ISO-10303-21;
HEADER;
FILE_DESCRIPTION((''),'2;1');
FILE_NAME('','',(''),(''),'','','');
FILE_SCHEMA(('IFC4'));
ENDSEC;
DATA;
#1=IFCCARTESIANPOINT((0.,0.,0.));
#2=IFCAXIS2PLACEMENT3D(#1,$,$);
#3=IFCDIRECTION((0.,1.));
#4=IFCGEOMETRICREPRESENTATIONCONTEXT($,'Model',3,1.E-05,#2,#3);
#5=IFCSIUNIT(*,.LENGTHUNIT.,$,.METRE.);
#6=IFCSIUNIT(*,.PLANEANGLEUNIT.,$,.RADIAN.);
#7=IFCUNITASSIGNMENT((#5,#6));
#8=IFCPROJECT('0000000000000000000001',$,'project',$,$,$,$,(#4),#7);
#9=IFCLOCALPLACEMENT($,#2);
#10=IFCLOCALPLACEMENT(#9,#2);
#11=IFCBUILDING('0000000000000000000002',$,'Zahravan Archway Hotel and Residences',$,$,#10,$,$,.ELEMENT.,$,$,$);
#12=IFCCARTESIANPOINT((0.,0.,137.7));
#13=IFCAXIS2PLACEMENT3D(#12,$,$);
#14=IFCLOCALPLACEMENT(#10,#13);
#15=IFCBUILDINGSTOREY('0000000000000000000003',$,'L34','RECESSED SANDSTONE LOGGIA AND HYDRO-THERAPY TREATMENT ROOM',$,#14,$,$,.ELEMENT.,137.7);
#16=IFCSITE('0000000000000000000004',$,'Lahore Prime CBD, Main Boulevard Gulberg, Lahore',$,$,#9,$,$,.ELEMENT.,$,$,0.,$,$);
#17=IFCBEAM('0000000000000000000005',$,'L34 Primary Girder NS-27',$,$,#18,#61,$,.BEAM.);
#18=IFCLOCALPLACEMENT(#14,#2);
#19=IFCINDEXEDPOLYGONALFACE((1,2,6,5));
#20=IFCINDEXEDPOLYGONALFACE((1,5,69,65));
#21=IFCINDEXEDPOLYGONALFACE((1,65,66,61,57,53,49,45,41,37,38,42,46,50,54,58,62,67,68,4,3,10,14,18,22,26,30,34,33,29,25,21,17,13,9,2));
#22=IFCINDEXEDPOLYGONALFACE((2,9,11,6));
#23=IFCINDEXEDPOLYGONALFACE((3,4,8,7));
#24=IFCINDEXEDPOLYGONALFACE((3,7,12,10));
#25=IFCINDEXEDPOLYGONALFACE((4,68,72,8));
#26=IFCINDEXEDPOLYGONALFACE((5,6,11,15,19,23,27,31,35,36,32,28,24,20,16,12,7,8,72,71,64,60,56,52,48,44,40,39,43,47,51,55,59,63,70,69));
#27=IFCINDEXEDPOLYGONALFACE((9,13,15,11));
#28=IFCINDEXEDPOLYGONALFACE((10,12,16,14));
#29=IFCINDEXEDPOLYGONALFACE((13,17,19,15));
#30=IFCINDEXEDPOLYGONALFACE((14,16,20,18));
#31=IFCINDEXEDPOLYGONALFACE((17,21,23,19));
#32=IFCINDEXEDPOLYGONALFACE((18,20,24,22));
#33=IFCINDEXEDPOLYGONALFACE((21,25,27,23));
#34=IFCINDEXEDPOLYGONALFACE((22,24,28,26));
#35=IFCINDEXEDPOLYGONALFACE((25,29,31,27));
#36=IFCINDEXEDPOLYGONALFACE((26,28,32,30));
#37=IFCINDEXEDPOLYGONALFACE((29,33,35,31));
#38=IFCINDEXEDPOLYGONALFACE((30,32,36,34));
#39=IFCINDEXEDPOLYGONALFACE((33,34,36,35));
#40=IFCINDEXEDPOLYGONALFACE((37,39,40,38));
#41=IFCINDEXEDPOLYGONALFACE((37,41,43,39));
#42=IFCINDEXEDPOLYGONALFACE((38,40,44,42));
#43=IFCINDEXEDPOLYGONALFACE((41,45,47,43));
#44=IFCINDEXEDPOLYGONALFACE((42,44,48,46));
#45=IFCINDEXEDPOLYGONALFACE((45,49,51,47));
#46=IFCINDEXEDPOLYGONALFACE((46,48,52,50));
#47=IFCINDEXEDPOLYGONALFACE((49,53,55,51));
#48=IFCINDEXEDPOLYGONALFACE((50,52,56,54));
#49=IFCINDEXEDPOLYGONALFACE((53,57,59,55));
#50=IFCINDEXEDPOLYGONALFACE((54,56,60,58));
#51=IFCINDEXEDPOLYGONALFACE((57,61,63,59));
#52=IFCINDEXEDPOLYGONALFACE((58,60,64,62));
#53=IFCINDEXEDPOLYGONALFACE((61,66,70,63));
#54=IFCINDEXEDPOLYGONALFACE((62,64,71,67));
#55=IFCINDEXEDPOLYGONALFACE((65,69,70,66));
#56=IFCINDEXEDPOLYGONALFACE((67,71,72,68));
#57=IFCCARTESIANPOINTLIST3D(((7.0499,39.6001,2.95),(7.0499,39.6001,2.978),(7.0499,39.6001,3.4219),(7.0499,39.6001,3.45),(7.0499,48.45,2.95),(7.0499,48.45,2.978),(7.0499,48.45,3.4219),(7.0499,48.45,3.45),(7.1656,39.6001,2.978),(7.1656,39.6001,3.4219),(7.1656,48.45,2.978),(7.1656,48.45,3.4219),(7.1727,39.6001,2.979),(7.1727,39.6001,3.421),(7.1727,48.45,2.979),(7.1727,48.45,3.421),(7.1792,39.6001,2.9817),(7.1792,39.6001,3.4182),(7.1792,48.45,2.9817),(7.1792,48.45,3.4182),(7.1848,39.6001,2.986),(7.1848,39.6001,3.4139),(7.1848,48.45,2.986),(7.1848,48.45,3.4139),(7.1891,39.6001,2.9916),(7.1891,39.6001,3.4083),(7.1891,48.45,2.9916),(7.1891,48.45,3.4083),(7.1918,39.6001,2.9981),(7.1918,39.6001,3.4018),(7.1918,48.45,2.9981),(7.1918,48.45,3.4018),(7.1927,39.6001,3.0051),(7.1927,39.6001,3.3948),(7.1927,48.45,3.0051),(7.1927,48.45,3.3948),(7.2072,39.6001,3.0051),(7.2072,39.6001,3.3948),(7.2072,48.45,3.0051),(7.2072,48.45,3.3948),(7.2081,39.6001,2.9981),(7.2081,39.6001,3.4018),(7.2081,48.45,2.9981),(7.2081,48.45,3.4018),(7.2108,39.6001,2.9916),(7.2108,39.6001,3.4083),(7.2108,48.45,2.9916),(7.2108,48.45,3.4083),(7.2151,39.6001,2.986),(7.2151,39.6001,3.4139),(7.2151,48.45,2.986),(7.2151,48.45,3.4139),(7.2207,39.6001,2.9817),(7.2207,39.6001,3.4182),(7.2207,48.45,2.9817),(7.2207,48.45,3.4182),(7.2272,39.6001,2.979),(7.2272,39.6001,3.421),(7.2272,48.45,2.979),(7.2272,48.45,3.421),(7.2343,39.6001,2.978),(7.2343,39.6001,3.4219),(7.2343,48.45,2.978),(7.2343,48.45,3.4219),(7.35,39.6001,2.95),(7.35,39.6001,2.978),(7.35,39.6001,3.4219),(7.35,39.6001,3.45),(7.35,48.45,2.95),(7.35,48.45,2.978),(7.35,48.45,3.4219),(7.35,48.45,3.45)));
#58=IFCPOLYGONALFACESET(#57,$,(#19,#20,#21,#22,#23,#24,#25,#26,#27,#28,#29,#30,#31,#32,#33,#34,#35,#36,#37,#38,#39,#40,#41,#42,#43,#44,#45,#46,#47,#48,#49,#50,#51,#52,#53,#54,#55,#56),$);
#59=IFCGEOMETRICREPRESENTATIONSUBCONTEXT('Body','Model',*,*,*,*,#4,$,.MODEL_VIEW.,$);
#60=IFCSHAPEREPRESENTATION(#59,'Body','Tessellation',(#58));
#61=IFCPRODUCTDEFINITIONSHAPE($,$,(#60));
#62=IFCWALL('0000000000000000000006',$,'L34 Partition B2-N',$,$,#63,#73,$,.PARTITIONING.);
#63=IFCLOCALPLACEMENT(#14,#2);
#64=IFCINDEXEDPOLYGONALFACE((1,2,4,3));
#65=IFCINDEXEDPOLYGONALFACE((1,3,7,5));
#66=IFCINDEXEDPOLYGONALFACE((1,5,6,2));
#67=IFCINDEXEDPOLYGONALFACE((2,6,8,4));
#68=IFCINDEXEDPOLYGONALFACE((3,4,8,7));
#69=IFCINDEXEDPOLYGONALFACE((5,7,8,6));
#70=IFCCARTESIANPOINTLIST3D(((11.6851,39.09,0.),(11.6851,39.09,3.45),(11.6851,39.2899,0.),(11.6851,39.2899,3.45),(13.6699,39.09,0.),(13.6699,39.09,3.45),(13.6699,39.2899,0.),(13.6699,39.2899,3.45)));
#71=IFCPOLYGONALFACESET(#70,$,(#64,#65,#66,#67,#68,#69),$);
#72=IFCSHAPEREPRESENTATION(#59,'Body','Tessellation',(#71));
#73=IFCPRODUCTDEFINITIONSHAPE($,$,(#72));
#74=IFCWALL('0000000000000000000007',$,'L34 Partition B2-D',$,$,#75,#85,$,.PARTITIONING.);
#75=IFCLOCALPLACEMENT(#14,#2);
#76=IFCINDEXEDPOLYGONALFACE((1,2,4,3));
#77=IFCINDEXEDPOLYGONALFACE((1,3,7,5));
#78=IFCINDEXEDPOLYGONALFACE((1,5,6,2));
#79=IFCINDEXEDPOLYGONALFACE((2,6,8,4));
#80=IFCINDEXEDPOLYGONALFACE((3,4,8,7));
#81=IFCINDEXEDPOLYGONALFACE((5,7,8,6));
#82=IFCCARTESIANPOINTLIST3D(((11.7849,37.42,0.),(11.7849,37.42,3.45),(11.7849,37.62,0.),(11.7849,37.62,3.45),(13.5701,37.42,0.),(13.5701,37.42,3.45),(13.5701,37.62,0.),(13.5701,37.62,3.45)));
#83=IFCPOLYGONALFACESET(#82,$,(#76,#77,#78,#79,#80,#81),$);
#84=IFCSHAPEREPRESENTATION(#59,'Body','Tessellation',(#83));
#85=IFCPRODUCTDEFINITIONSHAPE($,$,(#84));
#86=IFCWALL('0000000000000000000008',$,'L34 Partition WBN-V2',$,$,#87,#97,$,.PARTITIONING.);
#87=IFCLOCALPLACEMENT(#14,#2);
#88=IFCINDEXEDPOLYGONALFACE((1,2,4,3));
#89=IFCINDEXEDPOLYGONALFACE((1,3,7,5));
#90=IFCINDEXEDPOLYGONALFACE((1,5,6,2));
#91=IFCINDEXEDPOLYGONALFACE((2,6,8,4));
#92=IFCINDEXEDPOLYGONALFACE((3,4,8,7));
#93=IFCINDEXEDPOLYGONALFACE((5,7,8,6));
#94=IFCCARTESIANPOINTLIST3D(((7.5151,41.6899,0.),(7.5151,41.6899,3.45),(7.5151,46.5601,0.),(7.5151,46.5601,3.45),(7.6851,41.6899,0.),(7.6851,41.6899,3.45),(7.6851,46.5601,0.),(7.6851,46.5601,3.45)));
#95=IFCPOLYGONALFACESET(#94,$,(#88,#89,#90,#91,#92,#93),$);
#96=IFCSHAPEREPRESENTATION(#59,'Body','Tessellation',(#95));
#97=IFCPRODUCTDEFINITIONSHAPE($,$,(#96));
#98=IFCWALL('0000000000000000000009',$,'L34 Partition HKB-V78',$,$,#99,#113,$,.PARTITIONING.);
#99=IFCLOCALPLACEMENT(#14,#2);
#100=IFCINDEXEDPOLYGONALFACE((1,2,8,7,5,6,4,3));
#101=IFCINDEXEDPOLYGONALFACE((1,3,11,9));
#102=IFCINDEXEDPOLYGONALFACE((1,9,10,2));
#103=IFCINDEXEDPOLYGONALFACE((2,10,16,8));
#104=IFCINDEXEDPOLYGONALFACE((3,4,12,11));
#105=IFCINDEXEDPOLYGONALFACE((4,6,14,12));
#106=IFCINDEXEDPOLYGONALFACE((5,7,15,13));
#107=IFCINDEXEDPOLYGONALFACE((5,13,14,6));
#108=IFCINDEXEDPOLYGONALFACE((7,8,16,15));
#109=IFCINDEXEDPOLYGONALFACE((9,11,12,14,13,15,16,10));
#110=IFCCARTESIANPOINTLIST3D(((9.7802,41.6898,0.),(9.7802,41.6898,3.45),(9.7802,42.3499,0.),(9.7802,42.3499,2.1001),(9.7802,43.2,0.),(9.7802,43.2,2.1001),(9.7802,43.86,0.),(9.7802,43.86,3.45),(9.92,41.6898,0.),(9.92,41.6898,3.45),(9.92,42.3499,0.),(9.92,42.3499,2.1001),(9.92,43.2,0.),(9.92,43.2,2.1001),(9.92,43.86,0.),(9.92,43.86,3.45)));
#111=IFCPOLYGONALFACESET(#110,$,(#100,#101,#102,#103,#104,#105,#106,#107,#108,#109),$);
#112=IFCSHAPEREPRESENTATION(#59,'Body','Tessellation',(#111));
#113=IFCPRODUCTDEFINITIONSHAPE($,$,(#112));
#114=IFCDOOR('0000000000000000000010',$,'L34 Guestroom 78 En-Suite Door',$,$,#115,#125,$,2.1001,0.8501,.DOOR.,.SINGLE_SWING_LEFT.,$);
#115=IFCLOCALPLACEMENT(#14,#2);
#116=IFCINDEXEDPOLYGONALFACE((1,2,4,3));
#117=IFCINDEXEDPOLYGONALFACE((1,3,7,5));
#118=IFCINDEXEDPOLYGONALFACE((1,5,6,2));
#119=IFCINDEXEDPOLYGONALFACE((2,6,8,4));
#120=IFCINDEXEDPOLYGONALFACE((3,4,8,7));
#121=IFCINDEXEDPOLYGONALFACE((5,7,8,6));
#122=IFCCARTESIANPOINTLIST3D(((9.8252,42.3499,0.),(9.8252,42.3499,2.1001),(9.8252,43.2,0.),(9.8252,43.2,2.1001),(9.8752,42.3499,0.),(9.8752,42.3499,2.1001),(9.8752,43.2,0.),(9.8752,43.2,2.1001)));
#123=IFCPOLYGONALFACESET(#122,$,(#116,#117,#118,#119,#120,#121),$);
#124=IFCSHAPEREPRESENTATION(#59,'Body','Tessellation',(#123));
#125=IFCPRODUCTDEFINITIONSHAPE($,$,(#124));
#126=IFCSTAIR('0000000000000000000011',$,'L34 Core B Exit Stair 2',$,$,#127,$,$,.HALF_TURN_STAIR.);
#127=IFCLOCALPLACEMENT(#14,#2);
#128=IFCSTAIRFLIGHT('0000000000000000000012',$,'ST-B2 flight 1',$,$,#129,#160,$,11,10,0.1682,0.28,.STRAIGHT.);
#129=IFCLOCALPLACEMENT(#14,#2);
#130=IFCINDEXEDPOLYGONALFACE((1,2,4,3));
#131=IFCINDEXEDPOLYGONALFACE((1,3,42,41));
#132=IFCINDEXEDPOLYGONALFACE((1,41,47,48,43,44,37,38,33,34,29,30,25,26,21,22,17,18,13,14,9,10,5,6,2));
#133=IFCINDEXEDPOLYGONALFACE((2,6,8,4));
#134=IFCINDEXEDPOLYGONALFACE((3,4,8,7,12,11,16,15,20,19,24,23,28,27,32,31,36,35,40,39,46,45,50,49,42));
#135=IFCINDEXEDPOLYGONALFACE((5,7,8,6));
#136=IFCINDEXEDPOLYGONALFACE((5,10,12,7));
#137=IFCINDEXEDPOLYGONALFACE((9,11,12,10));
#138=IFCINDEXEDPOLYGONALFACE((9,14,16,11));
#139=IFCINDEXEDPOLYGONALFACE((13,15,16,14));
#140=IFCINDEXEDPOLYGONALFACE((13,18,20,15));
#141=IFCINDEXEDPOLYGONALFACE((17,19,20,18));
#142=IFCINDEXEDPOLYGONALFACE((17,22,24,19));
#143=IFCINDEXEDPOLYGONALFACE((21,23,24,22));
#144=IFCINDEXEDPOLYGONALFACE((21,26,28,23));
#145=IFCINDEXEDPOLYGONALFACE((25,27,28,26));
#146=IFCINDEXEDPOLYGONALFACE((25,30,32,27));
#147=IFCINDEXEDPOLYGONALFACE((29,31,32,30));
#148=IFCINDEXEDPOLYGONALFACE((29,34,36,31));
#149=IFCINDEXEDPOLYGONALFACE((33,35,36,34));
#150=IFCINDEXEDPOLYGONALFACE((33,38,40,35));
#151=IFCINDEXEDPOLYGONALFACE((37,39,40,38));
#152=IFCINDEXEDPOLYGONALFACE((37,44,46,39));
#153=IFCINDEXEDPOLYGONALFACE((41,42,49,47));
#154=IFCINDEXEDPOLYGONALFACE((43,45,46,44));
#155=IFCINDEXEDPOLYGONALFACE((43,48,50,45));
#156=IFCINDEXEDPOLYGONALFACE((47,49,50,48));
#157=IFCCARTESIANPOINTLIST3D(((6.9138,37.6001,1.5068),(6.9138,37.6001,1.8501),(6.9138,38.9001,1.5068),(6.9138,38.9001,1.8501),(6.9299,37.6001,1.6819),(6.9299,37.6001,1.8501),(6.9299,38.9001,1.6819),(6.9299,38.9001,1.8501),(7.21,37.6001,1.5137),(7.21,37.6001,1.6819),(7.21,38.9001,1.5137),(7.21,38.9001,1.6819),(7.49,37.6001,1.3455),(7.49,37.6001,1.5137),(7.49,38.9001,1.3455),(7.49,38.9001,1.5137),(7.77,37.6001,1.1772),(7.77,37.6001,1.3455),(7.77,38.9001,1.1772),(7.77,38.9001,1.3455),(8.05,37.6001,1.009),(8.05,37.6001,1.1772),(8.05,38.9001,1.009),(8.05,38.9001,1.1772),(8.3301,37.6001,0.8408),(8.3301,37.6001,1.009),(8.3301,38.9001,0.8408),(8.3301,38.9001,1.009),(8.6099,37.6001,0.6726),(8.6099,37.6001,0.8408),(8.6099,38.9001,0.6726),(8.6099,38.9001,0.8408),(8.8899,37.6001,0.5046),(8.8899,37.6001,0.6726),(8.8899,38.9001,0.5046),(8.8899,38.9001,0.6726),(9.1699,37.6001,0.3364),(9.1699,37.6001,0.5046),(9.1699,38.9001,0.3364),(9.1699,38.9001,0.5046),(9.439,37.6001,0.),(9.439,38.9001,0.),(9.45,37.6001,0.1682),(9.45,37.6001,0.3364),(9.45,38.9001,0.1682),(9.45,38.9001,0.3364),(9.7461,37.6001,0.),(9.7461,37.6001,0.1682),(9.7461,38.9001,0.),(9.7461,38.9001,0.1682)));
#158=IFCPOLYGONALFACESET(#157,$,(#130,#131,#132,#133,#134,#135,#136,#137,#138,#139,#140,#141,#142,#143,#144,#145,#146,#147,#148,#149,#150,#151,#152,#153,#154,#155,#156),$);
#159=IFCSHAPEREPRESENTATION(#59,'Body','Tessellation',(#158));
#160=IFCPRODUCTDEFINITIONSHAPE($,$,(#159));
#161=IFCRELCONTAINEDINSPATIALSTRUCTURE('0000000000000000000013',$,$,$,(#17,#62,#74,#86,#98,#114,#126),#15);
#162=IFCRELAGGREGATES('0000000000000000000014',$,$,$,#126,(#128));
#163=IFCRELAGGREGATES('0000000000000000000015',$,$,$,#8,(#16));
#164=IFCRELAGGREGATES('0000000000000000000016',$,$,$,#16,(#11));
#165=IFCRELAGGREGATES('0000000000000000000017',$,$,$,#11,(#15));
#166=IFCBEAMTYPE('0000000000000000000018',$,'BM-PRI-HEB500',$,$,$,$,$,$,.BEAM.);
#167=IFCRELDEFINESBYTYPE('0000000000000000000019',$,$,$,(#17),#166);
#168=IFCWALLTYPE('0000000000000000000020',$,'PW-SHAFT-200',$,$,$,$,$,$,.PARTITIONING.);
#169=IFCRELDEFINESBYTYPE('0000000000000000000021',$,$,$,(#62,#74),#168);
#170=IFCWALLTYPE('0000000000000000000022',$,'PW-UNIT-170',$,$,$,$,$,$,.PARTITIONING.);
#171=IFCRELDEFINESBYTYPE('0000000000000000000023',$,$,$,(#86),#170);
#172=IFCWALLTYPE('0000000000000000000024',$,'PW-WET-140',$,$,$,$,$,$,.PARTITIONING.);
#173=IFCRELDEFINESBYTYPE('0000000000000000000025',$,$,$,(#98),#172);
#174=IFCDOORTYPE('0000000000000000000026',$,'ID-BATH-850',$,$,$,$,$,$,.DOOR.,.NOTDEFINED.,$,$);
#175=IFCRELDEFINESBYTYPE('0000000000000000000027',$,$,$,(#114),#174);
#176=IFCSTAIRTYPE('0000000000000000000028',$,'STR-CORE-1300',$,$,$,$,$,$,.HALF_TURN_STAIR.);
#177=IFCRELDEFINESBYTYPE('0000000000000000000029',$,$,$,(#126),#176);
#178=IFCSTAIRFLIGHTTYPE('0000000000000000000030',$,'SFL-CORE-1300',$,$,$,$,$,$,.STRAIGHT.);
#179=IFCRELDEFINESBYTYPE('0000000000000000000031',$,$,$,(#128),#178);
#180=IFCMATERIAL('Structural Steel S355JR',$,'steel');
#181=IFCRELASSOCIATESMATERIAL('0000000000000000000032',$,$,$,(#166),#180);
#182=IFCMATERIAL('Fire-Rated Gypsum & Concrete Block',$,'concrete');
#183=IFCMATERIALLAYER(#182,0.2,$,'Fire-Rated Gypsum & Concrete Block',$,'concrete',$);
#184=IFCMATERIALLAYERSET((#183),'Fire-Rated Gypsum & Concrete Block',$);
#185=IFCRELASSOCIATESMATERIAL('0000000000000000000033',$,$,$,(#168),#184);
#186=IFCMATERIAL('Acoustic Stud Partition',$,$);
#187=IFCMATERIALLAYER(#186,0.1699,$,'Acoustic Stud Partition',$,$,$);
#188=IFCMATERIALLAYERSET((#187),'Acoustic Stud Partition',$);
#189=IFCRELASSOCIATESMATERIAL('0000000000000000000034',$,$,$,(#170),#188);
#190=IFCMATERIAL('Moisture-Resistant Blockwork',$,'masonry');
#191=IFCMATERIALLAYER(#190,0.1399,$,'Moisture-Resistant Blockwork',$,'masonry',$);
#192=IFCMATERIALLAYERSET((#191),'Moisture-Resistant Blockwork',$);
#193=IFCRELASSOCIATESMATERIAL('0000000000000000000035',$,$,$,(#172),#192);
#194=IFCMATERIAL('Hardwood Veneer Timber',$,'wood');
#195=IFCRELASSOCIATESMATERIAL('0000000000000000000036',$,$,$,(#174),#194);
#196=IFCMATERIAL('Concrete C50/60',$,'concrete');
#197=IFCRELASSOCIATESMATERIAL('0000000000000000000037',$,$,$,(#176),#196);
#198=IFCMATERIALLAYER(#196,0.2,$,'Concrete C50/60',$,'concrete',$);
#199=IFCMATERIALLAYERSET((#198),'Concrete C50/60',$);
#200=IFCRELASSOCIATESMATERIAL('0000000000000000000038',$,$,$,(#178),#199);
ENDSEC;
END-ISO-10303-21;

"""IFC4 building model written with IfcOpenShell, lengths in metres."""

from ifc_helpers import new_model, si_unit, direction, frame, frame_2d, origin, origin_2d, place, context, subcontext, project, spatial, polyline, rectangle, i_section, outline, extrude, source, transform, mapped, material, layer, layer_set, material_profile, profile_set, type_object, type_shapes, element, fill, aggregate, save


model = new_model("IFC4")

# Units and contexts
model_context = context("Model", 3, precision=1e-05, world=origin(), true_north=direction((0.0, 1.0)))
body_context = subcontext(model_context, "Body", "Model", "MODEL_VIEW")
ifc_project = project(units=[si_unit("LENGTHUNIT", "METRE"), si_unit("PLANEANGLEUNIT", "RADIAN")], contexts=[model_context])

# Site, building, storey
site_placement = place(None, origin())
site = spatial("IfcSite", under=ifc_project, at=site_placement, Name="Lahore Prime CBD, Main Boulevard Gulberg, Lahore", CompositionType="ELEMENT", RefElevation=0.0)
building_placement = place(site_placement, origin())
building = spatial("IfcBuilding", under=site, at=building_placement, Name="Zahravan Archway Hotel and Residences", CompositionType="ELEMENT")
storey_placement = place(building_placement, frame((0.0, 0.0, 137.7)))
storey = spatial("IfcBuildingStorey", under=building, at=storey_placement, Name="L34", Description="RECESSED SANDSTONE LOGGIA AND HYDRO-THERAPY TREATMENT ROOM", CompositionType="ELEMENT", Elevation=137.7)

# Beam
ifc_material_1 = material(Name="Structural Steel S355JR", Category="steel")
ifc_material_profile_1 = material_profile(ifc_material_1, i_section(OverallWidth=0.3, OverallDepth=0.5, WebThickness=0.0144, FlangeThickness=0.0281, FilletRadius=0.0271, at=origin_2d()), Name="HEB 500", Category="steel")
ifc_profile_set_1 = profile_set([ifc_material_profile_1], Name="Structural Steel S355JR")
beam_type_1 = type_object("IfcBeamType", Name="BM-PRI-HEB500", PredefinedType="BEAM", material=ifc_profile_set_1)
shared_shape_1 = source(origin(), body_context, "Body", "SweptSolid", [
    extrude(i_section(OverallWidth=0.3, OverallDepth=0.5, WebThickness=0.0144, FlangeThickness=0.0281, FilletRadius=0.0271, at=origin_2d()), origin(), (0.0, 0.0, 1.0), 8.8499),
])
beam_1_placement = place(storey_placement, frame((7.2, 39.6001, 3.2), z_axis=(0.0, 1.0, 0.0), x_axis=(-1.0, 0.0, 0.0)))
element("IfcBeam", 1, at=beam_1_placement, inside=storey, type_object=beam_type_1, Name="L34 Primary Girder NS-27", PredefinedType="BEAM", context=body_context, shape_type="MappedRepresentation", body=[
    mapped(shared_shape_1, transform((0.0, 0.0, 0.0), scale=1.0)),
])

# Walls
ifc_material_2 = material(Name="Fire-Rated Gypsum & Concrete Block", Category="concrete")
ifc_layer_1 = layer(ifc_material_2, 0.2, Name="Fire-Rated Gypsum & Concrete Block", Category="concrete")
ifc_layer_set_1 = layer_set([ifc_layer_1], Name="Fire-Rated Gypsum & Concrete Block")
wall_type_1 = type_object("IfcWallType", Name="PW-SHAFT-200", PredefinedType="PARTITIONING", material=ifc_layer_set_1)
wall_1_placement = place(storey_placement, frame((11.6851, 39.1899, 0.0), z_axis=(0.0, 0.0, 1.0), x_axis=(1.0, 0.0, 0.0)))
element("IfcWall", 2, at=wall_1_placement, inside=storey, type_object=wall_type_1, Name="L34 Partition B2-N", PredefinedType="PARTITIONING", context=body_context, shape_type="SweptSolid", body=[
    extrude(rectangle(XDim=1.9849, YDim=0.2, at=frame_2d((0.9924, 0.0))), origin(), (0.0, 0.0, 1.0), 3.45),
])
wall_2_placement = place(storey_placement, frame((11.7849, 37.52, 0.0), z_axis=(0.0, 0.0, 1.0), x_axis=(1.0, 0.0, 0.0)))
element("IfcWall", 3, at=wall_2_placement, inside=storey, type_object=wall_type_1, Name="L34 Partition B2-D", PredefinedType="PARTITIONING", context=body_context, shape_type="SweptSolid", body=[
    extrude(rectangle(XDim=1.7852, YDim=0.2, at=frame_2d((0.8926, 0.0))), origin(), (0.0, 0.0, 1.0), 3.45),
])
ifc_material_3 = material(Name="Acoustic Stud Partition")
ifc_layer_2 = layer(ifc_material_3, 0.1699, Name="Acoustic Stud Partition")
ifc_layer_set_2 = layer_set([ifc_layer_2], Name="Acoustic Stud Partition")
wall_type_2 = type_object("IfcWallType", Name="PW-UNIT-170", PredefinedType="PARTITIONING", material=ifc_layer_set_2)
wall_3_placement = place(storey_placement, frame((7.6001, 41.6899, 0.0), z_axis=(0.0, 0.0, 1.0), x_axis=(0.0, 1.0, 0.0)))
element("IfcWall", 4, at=wall_3_placement, inside=storey, type_object=wall_type_2, Name="L34 Partition WBN-V2", PredefinedType="PARTITIONING", context=body_context, shape_type="SweptSolid", body=[
    extrude(rectangle(XDim=4.8701, YDim=0.1699, at=frame_2d((2.4351, 0.0))), origin(), (0.0, 0.0, 1.0), 3.45),
])
ifc_material_4 = material(Name="Moisture-Resistant Blockwork", Category="masonry")
ifc_layer_3 = layer(ifc_material_4, 0.1399, Name="Moisture-Resistant Blockwork", Category="masonry")
ifc_layer_set_3 = layer_set([ifc_layer_3], Name="Moisture-Resistant Blockwork")
wall_type_3 = type_object("IfcWallType", Name="PW-WET-140", PredefinedType="PARTITIONING", material=ifc_layer_set_3)

# Wall, opening, door
wall_4_placement = place(storey_placement, frame((9.8501, 41.6899, 0.0), z_axis=(0.0, 0.0, 1.0), x_axis=(0.0, 1.0, 0.0)))
wall_4 = element("IfcWall", 5, at=wall_4_placement, inside=storey, type_object=wall_type_3, Name="L34 Partition HKB-V78", PredefinedType="PARTITIONING", context=body_context, shape_type="SweptSolid", body=[
    extrude(rectangle(XDim=2.1702, YDim=0.1399, at=frame_2d((1.085, 0.0))), origin(), (0.0, 0.0, 1.0), 3.45),
])
opening_placement = place(wall_4_placement, frame((0.6599, 0.0, 0.0)))
opening = element("IfcOpeningElement", 6, at=opening_placement, cuts=wall_4, PredefinedType="OPENING", context=body_context, shape_type="SweptSolid", body=[
    extrude(rectangle(XDim=0.8501, YDim=2.1001, at=frame_2d((0.425, 1.05))), frame((0.0, 0.0801, 0.0), z_axis=(0.0, -1.0, 0.0), x_axis=(1.0, 0.0, 0.0)), (0.0, 0.0, 1.0), 0.1599),
])
ifc_material_5 = material(Name="Hardwood Veneer Timber", Category="wood")
door_type = type_object("IfcDoorType", Name="ID-BATH-850", OperationType="NOTDEFINED", PredefinedType="DOOR", material=ifc_material_5)
shared_shape_2 = source(origin(), body_context, "Body", "SweptSolid", [
    extrude(rectangle(XDim=0.8501, YDim=2.1001, at=frame_2d((0.425, 1.05))), frame((0.0, 0.0249, 0.0), z_axis=(0.0, -1.0, 0.0), x_axis=(1.0, 0.0, 0.0)), (0.0, 0.0, 1.0), 0.05),
])
type_shapes(door_type, [shared_shape_2])
door_placement = place(opening_placement, origin())
door = element("IfcDoor", 7, at=door_placement, inside=storey, type_object=door_type, Name="L34 Guestroom 78 En-Suite Door", OperationType="SINGLE_SWING_LEFT", OverallHeight=2.1001, OverallWidth=0.8501, PredefinedType="DOOR", context=body_context, shape_type="MappedRepresentation", body=[
    mapped(shared_shape_2, transform((0.0, 0.0, 0.0), scale=1.0)),
])
fill(opening, door)

# Stair, stair flight
ifc_material_6 = material(Name="Concrete C50/60", Category="concrete")
stair_type = type_object("IfcStairType", Name="STR-CORE-1300", PredefinedType="HALF_TURN_STAIR", material=ifc_material_6)
stair_placement = place(storey_placement, origin())
stair = element("IfcStair", 8, at=stair_placement, inside=storey, type_object=stair_type, Name="L34 Core B Exit Stair 2", PredefinedType="HALF_TURN_STAIR")
ifc_layer_4 = layer(ifc_material_6, 0.2, Name="Concrete C50/60", Category="concrete")
ifc_layer_set_4 = layer_set([ifc_layer_4], Name="Concrete C50/60")
stair_flight_type = type_object("IfcStairFlightType", Name="SFL-CORE-1300", PredefinedType="STRAIGHT", material=ifc_layer_set_4)
shared_shape_3 = source(origin(), body_context, "Body", "SweptSolid", [
    extrude(outline(polyline([(-0.0161, 0.0), (-0.0161, 0.1682), (0.28, 0.1682), (0.28, 0.3364), (0.5601, 0.3364), (0.5601, 0.5046), (0.8401, 0.5046), (0.8401, 0.6726), (1.1201, 0.6726), (1.1201, 0.8408), (1.3999, 0.8408), (1.3999, 1.009), (1.6799, 1.009), (1.6799, 1.1772), (1.96, 1.1772), (1.96, 1.3455), (2.24, 1.3455), (2.24, 1.5137), (2.52, 1.5137), (2.52, 1.6819), (2.8, 1.6819), (2.8, 1.8501), (2.8162, 1.8501), (2.8162, 1.5068), (0.291, 0.0), (-0.0161, 0.0)])), frame((0.0, 0.6499, 0.0), z_axis=(0.0, -1.0, 0.0), x_axis=(1.0, 0.0, 0.0)), (0.0, 0.0, 1.0), 1.3),
])
stair_flight_placement = place(storey_placement, frame((9.73, 38.25, 0.0), z_axis=(0.0, 0.0, 1.0), x_axis=(-1.0, 0.0, 0.0)))
stair_flight = element("IfcStairFlight", 9, at=stair_flight_placement, type_object=stair_flight_type, Name="ST-B2 flight 1", NumberOfRisers=11, NumberOfTreads=10, PredefinedType="STRAIGHT", RiserHeight=0.1682, TreadLength=0.28, context=body_context, shape_type="MappedRepresentation", body=[
    mapped(shared_shape_3, transform((0.0, 0.0, 0.0), scale=1.0)),
])
aggregate(stair, [stair_flight])

save(model, "model.ifc")
